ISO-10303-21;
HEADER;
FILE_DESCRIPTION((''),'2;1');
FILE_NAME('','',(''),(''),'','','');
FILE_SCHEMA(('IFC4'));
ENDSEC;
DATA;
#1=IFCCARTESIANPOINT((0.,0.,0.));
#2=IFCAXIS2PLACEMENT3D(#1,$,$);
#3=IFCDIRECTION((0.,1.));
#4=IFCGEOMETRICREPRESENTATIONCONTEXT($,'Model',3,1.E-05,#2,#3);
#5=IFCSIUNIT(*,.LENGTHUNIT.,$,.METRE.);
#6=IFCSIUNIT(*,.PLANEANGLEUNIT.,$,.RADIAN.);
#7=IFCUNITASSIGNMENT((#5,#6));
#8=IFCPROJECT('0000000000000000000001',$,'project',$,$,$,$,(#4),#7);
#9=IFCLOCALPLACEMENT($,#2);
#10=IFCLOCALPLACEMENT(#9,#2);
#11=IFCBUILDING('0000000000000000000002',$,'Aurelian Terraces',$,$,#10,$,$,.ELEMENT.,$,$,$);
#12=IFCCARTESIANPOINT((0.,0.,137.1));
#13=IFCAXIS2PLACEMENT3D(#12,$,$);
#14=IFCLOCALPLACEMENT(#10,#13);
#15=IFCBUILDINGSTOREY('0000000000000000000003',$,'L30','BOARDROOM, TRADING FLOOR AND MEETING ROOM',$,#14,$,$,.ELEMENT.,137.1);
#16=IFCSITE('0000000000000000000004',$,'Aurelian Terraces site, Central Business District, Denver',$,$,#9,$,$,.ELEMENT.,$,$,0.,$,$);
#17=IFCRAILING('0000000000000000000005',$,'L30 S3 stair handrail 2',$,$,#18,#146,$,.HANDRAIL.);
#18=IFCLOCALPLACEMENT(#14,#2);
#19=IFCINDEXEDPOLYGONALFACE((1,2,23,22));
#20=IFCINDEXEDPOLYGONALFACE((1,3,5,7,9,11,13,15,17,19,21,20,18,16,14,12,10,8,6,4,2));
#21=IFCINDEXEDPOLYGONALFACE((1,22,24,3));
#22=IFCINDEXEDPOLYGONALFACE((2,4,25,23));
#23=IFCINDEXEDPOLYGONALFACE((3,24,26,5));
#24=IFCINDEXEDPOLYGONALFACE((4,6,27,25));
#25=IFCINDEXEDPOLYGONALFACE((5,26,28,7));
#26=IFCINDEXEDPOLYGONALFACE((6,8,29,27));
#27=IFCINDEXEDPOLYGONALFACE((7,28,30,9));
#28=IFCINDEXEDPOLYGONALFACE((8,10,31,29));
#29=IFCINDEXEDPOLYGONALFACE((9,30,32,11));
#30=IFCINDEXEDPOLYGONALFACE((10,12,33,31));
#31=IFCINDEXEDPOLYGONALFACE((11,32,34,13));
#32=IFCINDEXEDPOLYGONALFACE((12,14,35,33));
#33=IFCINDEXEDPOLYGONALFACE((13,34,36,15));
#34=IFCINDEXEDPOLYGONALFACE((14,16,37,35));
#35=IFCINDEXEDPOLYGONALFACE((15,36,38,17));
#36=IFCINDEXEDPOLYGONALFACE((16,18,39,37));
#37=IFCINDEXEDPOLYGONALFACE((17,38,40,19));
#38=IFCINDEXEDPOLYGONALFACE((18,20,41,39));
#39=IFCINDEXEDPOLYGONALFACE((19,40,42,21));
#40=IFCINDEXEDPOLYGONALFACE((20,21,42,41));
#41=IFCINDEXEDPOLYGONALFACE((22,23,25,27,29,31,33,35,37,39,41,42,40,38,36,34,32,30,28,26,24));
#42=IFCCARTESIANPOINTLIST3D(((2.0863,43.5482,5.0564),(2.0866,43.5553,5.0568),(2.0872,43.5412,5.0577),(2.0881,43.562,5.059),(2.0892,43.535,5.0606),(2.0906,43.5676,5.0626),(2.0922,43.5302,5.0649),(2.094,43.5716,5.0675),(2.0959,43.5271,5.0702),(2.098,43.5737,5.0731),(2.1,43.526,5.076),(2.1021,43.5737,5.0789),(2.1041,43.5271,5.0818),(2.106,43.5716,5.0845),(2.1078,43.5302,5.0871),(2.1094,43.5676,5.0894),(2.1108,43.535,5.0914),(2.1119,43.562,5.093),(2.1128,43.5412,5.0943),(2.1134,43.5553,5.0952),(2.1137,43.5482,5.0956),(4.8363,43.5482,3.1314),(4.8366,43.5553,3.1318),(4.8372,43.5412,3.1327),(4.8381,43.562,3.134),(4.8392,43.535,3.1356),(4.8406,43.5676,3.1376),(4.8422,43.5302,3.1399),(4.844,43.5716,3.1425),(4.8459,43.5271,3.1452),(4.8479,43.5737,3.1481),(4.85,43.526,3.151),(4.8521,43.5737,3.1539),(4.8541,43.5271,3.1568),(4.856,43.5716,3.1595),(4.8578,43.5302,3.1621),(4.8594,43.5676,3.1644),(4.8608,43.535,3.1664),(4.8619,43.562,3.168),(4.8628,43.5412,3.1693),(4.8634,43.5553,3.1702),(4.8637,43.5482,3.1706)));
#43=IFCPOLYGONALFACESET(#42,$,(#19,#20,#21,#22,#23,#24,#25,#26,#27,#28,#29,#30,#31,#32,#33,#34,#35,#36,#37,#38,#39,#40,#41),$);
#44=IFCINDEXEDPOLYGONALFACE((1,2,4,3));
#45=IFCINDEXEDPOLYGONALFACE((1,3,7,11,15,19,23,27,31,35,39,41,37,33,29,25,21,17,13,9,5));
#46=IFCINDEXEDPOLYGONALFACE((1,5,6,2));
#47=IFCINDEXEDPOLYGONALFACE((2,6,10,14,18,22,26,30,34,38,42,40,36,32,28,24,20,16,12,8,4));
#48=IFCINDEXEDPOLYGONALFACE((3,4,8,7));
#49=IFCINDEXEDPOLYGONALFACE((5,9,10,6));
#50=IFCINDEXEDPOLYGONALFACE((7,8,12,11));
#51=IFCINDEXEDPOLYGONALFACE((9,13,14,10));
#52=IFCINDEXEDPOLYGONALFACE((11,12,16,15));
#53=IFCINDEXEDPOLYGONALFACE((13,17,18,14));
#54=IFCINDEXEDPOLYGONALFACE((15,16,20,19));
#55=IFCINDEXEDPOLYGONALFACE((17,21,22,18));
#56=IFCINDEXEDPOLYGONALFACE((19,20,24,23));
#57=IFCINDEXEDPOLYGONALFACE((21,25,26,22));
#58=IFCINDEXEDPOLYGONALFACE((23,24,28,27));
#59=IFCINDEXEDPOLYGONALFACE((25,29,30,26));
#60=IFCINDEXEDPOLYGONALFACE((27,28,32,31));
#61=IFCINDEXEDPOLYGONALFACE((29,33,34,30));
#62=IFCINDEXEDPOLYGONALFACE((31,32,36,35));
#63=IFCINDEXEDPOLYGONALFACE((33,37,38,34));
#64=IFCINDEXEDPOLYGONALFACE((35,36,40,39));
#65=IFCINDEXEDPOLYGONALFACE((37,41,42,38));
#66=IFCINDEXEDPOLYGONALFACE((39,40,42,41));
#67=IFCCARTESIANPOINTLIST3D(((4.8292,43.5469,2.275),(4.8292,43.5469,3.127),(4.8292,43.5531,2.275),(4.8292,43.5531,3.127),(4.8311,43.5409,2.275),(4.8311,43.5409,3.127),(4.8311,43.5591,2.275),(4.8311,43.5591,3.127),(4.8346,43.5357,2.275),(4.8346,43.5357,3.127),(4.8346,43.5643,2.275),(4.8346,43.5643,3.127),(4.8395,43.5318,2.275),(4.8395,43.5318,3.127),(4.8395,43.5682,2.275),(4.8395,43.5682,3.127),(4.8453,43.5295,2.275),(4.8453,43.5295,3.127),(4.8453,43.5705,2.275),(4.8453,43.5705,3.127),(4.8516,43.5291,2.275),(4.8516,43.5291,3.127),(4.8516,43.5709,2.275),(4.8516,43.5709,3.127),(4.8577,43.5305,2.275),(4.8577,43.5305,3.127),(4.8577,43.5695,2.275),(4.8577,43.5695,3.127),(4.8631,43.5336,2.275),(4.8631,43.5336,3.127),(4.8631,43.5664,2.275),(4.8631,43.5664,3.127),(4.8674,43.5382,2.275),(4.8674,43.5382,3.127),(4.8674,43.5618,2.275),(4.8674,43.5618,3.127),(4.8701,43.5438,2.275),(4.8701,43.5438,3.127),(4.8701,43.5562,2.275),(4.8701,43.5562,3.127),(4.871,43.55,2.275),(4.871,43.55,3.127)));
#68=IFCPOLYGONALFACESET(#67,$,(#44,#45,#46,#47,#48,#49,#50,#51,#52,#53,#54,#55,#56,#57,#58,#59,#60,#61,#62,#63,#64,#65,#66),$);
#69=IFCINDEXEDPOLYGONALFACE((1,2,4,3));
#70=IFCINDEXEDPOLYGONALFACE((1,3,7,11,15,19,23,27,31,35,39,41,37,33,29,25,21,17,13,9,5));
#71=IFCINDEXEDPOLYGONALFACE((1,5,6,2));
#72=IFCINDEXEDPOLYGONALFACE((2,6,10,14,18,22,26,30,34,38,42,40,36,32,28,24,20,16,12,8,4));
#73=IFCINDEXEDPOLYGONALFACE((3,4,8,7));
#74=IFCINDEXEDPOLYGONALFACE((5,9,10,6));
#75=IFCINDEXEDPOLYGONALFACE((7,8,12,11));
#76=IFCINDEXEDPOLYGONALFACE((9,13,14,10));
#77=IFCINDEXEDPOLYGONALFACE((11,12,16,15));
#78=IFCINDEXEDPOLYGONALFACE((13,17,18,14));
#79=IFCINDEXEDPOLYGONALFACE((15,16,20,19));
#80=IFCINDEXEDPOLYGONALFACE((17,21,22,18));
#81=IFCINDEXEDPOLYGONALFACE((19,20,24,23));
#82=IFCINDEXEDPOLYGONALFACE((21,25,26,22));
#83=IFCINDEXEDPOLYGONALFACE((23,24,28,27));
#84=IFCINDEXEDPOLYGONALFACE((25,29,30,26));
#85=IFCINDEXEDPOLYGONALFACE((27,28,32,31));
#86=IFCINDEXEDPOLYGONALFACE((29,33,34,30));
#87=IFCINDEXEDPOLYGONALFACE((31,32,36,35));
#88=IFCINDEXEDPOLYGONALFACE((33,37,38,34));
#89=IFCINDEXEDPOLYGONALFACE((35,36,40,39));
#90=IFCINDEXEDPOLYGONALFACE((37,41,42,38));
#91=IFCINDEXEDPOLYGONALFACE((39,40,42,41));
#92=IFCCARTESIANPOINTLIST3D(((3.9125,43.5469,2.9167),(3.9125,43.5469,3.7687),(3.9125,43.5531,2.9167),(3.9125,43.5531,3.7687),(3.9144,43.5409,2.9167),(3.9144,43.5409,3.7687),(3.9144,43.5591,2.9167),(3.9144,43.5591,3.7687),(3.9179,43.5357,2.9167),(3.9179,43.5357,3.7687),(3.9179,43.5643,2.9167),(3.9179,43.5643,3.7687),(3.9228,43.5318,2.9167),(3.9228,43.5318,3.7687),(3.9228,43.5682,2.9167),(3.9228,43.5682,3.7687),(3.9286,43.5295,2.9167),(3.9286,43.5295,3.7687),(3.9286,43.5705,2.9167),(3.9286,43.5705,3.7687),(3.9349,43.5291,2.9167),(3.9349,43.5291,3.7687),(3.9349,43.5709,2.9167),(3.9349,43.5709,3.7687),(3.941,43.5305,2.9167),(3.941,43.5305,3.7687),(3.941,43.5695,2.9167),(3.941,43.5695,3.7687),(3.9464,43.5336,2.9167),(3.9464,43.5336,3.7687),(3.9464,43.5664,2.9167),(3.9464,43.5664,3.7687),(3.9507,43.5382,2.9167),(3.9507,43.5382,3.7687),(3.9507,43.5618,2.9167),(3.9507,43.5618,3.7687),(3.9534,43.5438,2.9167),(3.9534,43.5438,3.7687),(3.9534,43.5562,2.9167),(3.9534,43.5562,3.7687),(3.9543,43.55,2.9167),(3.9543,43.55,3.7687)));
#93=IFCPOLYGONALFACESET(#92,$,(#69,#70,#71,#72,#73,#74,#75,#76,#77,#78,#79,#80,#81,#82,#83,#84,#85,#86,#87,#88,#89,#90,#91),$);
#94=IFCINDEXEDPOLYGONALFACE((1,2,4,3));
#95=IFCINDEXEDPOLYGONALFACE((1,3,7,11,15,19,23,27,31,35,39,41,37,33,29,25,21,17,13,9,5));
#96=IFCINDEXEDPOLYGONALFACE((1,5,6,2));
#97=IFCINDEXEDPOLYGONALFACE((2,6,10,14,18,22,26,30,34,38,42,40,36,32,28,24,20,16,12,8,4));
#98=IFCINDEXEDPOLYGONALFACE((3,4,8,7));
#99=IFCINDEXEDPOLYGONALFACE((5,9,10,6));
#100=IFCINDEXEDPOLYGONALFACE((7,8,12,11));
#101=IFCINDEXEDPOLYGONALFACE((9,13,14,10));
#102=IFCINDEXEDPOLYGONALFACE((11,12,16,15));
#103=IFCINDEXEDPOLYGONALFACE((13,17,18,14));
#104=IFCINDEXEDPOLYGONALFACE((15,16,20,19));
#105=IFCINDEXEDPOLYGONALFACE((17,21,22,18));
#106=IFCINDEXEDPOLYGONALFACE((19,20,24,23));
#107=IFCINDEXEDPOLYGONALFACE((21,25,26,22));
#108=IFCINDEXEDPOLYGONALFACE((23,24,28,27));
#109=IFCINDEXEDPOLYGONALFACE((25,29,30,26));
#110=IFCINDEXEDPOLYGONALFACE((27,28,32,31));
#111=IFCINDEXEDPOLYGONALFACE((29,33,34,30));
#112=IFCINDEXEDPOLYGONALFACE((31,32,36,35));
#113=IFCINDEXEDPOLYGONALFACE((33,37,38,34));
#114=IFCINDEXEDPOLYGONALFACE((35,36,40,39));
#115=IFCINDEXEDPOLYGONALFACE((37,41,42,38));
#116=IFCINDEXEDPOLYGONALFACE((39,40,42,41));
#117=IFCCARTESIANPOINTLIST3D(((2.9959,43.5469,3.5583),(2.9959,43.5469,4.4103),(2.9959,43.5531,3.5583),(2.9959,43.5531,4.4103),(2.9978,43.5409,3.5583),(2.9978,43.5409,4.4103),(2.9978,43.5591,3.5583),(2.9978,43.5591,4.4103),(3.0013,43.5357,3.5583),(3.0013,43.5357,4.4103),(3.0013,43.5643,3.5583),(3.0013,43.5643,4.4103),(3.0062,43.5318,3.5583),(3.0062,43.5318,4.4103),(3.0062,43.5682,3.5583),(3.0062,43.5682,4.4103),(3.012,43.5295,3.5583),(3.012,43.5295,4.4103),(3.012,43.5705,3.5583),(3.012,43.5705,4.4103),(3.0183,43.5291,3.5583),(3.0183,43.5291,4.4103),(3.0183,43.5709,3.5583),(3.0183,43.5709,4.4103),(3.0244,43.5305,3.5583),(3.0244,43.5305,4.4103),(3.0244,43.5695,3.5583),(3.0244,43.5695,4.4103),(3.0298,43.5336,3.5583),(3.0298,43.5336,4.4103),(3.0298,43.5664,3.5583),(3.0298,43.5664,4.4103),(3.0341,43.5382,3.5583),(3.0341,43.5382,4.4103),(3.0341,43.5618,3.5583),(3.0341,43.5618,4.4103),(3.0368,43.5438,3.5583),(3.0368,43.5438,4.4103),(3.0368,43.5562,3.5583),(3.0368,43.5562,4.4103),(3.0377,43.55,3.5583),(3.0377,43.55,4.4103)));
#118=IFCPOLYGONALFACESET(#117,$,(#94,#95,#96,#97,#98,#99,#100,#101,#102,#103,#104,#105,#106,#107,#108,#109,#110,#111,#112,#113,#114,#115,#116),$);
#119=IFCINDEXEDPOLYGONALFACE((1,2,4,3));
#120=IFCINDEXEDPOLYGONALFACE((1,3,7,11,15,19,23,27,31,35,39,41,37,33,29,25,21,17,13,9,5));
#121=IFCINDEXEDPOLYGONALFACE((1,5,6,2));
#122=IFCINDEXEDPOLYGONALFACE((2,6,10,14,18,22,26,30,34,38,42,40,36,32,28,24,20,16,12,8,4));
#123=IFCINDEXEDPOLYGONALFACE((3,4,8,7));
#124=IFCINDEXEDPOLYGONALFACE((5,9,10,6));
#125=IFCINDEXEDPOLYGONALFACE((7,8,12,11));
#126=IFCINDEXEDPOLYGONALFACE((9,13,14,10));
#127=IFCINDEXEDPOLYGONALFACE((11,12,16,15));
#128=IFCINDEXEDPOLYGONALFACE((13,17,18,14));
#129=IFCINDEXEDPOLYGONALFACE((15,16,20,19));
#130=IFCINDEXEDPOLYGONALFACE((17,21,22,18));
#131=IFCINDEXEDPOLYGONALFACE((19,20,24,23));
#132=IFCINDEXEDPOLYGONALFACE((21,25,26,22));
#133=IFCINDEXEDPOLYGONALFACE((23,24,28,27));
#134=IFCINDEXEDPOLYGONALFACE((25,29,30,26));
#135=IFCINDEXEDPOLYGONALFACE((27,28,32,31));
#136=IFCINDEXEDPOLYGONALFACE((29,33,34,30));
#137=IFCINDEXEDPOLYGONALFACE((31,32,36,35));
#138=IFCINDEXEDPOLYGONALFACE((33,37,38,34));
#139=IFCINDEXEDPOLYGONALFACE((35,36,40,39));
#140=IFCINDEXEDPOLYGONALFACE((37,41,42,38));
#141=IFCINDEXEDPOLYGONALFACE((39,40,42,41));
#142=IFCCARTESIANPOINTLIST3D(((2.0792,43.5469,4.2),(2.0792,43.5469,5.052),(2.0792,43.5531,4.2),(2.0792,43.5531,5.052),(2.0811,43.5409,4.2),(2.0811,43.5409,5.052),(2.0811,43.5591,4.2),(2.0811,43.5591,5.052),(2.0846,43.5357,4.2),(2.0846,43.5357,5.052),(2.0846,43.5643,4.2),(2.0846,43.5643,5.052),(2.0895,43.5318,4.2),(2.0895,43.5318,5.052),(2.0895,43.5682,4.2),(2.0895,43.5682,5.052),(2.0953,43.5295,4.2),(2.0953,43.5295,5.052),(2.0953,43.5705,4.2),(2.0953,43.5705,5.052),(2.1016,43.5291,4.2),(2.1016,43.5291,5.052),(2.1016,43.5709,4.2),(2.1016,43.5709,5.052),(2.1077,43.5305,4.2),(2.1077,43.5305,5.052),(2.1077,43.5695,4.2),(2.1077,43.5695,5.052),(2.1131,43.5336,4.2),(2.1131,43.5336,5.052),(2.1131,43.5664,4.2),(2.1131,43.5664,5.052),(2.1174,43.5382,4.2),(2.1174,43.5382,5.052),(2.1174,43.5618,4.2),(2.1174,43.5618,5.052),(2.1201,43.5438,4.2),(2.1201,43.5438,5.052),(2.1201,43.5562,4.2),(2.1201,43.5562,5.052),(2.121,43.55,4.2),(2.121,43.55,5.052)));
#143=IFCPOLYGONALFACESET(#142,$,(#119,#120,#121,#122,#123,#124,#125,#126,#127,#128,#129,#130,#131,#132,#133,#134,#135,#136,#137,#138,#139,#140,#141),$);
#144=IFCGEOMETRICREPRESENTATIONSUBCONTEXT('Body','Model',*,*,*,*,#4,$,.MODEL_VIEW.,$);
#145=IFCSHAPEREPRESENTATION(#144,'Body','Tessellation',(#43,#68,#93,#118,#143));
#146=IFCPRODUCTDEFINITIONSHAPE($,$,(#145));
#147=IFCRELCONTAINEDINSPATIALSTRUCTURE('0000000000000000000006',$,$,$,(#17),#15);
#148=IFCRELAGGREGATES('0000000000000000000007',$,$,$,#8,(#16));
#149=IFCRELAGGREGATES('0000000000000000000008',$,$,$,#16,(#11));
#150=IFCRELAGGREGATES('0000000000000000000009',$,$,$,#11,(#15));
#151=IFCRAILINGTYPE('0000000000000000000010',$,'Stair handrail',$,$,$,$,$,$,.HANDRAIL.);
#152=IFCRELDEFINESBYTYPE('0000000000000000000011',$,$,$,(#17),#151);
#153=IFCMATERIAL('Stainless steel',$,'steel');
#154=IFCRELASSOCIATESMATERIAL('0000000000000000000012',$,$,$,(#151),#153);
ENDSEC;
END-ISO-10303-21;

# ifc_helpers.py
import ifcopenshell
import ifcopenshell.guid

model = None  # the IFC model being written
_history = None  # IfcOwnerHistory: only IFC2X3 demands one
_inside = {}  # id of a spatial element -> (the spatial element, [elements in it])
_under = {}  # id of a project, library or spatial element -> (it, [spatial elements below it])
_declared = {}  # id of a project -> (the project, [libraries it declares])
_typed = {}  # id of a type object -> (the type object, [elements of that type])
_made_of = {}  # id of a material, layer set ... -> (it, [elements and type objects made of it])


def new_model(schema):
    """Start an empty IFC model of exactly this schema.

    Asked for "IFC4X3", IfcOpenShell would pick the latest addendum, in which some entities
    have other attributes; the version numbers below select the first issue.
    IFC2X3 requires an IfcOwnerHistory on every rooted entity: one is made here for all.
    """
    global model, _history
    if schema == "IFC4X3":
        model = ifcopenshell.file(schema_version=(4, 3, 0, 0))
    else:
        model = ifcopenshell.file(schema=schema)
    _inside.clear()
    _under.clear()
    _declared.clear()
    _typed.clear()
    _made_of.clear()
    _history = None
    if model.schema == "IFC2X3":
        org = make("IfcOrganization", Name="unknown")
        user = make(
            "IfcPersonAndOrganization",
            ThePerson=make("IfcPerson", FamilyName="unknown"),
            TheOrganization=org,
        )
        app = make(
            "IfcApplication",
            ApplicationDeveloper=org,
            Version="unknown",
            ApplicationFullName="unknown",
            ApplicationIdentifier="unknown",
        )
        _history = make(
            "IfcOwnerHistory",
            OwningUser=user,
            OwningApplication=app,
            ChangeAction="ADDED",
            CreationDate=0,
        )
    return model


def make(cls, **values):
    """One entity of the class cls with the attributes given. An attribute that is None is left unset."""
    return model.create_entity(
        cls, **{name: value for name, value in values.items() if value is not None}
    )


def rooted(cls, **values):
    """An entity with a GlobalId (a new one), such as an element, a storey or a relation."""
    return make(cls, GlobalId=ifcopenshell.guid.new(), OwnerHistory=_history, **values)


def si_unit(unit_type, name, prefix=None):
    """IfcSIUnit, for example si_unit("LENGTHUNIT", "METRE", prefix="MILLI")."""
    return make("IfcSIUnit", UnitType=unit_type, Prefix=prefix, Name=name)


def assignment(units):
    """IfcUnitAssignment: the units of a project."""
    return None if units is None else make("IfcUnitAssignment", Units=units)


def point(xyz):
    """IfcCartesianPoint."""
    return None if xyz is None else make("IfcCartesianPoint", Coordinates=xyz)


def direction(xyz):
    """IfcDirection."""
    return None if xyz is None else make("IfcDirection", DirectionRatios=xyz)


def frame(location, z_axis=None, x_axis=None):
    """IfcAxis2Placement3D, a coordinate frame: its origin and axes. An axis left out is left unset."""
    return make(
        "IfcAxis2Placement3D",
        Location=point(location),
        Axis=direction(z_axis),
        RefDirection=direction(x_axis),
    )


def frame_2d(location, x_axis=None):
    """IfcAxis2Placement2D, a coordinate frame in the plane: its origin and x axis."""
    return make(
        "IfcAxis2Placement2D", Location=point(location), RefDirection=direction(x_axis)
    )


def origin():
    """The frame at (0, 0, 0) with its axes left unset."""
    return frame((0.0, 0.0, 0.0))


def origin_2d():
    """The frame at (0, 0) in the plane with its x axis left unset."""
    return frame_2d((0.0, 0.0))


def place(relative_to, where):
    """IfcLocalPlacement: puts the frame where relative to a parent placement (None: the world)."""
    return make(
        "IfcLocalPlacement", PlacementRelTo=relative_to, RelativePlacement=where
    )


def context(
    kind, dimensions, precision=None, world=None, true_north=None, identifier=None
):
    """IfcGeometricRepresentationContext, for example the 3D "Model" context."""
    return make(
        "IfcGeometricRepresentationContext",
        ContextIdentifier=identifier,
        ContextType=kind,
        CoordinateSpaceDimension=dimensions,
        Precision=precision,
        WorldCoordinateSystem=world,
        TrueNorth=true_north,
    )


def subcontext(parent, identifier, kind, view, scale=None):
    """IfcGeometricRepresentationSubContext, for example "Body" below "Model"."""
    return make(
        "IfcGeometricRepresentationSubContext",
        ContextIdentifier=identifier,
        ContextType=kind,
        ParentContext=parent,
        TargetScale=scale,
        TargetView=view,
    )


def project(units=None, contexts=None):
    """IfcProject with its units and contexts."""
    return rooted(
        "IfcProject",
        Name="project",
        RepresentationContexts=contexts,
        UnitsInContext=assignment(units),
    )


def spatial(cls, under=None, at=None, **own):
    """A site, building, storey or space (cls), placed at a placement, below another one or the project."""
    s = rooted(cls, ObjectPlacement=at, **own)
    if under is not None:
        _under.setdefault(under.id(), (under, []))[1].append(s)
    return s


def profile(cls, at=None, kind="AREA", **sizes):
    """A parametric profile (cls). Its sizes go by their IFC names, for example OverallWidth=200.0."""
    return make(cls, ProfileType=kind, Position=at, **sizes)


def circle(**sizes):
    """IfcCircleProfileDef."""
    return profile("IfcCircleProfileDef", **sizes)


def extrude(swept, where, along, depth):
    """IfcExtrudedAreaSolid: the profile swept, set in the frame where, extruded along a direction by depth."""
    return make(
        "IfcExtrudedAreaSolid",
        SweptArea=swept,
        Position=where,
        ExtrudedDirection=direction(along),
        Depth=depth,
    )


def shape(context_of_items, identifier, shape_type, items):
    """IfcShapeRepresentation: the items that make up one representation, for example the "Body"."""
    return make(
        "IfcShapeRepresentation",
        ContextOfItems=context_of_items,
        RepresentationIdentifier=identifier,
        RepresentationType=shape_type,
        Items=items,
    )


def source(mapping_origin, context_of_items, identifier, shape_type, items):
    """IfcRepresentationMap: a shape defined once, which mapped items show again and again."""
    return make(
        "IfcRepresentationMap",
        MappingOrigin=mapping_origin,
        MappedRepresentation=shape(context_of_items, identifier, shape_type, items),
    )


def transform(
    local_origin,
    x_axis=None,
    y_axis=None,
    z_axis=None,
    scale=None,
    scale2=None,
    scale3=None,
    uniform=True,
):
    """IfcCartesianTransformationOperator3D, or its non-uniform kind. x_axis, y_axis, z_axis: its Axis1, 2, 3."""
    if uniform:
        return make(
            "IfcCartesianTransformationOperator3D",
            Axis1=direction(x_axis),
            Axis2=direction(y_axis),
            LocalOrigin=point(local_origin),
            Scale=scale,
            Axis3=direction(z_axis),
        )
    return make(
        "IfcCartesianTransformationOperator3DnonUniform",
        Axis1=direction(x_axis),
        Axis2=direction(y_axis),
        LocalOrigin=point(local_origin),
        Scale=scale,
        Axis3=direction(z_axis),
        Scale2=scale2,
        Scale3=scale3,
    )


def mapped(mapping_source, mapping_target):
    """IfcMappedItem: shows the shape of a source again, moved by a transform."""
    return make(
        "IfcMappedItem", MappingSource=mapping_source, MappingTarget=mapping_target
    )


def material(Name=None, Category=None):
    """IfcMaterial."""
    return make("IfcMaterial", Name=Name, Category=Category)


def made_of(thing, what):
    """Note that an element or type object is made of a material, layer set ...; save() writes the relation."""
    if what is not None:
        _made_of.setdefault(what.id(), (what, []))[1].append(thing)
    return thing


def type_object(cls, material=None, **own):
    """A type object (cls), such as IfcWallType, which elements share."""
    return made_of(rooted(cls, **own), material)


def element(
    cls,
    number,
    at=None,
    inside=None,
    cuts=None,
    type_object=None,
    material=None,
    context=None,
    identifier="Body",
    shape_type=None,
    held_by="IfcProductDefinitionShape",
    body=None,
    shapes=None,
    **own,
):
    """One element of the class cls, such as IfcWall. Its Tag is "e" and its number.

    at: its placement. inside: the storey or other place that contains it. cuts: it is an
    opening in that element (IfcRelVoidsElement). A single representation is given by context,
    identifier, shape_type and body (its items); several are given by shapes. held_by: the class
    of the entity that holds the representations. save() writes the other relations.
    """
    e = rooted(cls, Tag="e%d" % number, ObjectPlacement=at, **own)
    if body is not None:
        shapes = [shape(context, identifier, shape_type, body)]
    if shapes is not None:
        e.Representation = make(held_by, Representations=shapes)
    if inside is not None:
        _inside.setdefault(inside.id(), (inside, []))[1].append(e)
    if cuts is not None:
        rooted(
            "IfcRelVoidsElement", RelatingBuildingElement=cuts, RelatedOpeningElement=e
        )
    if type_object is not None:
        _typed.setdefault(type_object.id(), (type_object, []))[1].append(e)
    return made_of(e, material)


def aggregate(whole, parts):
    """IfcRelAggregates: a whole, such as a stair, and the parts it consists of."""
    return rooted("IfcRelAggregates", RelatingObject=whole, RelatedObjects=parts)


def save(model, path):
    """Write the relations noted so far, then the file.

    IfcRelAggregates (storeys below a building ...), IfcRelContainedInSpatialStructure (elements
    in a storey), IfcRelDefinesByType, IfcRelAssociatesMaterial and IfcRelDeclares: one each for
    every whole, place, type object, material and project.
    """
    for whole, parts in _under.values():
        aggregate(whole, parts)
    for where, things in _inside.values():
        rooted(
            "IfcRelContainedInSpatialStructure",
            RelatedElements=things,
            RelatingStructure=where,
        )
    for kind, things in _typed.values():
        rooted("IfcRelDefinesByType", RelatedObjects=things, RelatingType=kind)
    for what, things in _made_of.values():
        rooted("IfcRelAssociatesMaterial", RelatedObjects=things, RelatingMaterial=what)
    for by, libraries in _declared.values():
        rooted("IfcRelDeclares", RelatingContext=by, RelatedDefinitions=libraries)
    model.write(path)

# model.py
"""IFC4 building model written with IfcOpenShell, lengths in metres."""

from ifc_helpers import new_model, si_unit, direction, frame, origin, origin_2d, place, context, subcontext, project, spatial, circle, extrude, source, transform, mapped, material, type_object, element, save


model = new_model("IFC4")

# Units and contexts
model_context = context("Model", 3, precision=1e-05, world=origin(), true_north=direction((0.0, 1.0)))
body_context = subcontext(model_context, "Body", "Model", "MODEL_VIEW")
ifc_project = project(units=[si_unit("LENGTHUNIT", "METRE"), si_unit("PLANEANGLEUNIT", "RADIAN")], contexts=[model_context])

# Site, building, storey
site_placement = place(None, origin())
site = spatial("IfcSite", under=ifc_project, at=site_placement, Name="Aurelian Terraces site, Central Business District, Denver", CompositionType="ELEMENT", RefElevation=0.0)
building_placement = place(site_placement, origin())
building = spatial("IfcBuilding", under=site, at=building_placement, Name="Aurelian Terraces", CompositionType="ELEMENT")
storey_placement = place(building_placement, frame((0.0, 0.0, 137.1)))
storey = spatial("IfcBuildingStorey", under=building, at=storey_placement, Name="L30", Description="BOARDROOM, TRADING FLOOR AND MEETING ROOM", CompositionType="ELEMENT", Elevation=137.1)

# Railing
ifc_material_1 = material(Name="Stainless steel", Category="steel")
railing_type_1 = type_object("IfcRailingType", Name="Stair handrail", PredefinedType="HANDRAIL", material=ifc_material_1)
shared_shape_1 = source(origin(), body_context, "Body", "SweptSolid", [
    extrude(circle(Radius=0.024, at=origin_2d()), frame((0.0, 0.0, 0.876), z_axis=(-0.819232, 0.0, 0.573462), x_axis=(0.0, -1.0, 0.0)), (0.0, 0.0, 1.0), 3.3568),
    extrude(circle(Radius=0.021, at=origin_2d()), origin(), (0.0, 0.0, 1.0), 0.852),
    extrude(circle(Radius=0.021, at=origin_2d()), frame((-0.9167, 0.0, 0.6417)), (0.0, 0.0, 1.0), 0.852),
    extrude(circle(Radius=0.021, at=origin_2d()), frame((-1.8333, 0.0, 1.2833)), (0.0, 0.0, 1.0), 0.852),
    extrude(circle(Radius=0.021, at=origin_2d()), frame((-2.75, 0.0, 1.925)), (0.0, 0.0, 1.0), 0.852),
])
railing_1_placement = place(storey_placement, frame((4.85, 43.55, 2.275)))
element("IfcRailing", 1, at=railing_1_placement, inside=storey, type_object=railing_type_1, Name="L30 S3 stair handrail 2", PredefinedType="HANDRAIL", context=body_context, shape_type="MappedRepresentation", body=[
    mapped(shared_shape_1, transform((0.0, 0.0, 0.0), scale=1.0)),
])

save(model, "model.ifc")
